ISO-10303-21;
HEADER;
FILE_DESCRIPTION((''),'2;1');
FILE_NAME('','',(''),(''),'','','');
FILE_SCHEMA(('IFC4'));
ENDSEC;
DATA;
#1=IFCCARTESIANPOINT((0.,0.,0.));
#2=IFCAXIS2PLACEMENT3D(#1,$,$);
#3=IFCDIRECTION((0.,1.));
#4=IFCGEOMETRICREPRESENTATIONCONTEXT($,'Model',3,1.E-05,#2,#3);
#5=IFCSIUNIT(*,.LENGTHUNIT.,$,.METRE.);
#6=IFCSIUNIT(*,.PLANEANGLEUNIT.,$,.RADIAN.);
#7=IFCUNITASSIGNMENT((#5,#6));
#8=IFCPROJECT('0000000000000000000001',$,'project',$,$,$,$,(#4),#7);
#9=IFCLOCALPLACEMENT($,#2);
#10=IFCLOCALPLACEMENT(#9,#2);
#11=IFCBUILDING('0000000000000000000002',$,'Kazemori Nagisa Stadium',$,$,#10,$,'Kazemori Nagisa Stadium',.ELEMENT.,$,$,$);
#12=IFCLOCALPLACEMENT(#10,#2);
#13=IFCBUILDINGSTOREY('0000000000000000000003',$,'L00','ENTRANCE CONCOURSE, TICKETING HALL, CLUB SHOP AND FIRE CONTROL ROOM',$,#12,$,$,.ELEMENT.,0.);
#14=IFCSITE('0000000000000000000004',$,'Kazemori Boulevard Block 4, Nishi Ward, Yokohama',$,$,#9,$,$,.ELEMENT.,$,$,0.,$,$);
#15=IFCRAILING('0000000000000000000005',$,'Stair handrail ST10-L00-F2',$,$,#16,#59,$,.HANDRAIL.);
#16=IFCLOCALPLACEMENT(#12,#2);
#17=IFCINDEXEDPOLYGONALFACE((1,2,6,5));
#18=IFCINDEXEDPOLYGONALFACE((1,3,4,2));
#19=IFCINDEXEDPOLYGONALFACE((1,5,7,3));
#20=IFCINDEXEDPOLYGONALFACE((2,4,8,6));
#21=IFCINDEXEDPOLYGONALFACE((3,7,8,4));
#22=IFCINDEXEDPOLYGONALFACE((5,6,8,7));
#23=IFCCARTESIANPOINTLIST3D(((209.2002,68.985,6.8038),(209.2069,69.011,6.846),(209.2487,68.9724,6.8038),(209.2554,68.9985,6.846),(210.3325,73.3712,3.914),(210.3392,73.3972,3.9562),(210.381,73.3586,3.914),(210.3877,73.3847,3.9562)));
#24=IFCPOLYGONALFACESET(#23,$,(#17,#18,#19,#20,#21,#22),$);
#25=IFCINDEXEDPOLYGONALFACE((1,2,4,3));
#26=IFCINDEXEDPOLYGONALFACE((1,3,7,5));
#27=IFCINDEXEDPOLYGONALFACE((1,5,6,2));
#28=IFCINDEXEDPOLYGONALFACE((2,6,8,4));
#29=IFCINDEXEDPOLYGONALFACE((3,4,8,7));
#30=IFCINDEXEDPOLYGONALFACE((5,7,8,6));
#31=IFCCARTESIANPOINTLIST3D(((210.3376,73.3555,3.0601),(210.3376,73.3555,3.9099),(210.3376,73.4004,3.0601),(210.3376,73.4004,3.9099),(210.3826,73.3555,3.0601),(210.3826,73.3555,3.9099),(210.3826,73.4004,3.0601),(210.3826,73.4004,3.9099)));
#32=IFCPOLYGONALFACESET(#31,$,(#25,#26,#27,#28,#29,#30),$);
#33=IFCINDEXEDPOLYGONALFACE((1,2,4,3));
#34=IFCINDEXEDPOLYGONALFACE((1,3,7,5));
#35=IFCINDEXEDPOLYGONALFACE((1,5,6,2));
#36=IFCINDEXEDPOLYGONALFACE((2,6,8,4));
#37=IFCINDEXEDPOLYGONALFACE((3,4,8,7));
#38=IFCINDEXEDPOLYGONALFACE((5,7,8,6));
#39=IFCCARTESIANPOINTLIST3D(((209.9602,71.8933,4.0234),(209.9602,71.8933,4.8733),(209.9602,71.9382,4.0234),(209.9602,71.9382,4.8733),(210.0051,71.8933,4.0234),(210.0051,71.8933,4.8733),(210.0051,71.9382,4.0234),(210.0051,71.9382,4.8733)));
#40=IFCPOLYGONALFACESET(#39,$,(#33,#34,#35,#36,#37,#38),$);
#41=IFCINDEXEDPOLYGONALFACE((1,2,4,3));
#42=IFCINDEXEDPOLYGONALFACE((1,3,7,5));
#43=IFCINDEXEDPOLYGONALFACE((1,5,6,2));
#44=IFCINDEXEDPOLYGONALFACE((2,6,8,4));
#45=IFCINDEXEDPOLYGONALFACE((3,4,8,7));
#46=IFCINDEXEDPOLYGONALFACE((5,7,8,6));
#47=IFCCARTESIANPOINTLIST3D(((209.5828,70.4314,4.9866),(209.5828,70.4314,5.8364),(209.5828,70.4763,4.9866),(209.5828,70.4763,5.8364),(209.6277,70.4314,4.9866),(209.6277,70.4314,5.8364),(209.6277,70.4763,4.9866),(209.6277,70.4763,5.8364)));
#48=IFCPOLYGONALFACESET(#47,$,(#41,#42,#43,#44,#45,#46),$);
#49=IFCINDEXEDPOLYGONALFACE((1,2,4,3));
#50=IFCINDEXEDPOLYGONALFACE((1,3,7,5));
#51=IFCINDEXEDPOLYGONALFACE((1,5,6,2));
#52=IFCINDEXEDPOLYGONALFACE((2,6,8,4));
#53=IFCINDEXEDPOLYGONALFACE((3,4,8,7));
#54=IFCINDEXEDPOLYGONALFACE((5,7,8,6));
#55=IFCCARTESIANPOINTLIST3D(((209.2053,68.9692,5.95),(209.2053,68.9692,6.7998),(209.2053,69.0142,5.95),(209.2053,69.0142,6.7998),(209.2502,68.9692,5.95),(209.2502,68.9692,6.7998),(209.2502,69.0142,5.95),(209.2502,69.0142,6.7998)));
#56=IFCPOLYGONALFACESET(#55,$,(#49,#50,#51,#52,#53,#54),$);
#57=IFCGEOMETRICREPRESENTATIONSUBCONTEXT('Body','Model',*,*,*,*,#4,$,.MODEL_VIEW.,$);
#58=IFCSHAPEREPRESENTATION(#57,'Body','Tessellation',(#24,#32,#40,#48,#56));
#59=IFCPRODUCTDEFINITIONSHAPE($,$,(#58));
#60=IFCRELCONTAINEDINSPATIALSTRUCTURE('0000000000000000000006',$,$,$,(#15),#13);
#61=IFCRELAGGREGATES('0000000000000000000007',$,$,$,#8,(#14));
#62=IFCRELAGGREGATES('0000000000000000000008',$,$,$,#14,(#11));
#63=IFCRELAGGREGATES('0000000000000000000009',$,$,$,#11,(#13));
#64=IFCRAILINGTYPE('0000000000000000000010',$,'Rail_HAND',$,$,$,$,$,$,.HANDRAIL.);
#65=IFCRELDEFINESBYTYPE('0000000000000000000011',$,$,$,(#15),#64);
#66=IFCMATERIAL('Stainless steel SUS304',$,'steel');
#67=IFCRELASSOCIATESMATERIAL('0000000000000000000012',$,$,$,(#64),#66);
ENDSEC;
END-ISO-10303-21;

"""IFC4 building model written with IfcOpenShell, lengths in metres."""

from ifc_helpers import new_model, si_unit, direction, frame, origin, origin_2d, place, context, subcontext, project, spatial, rectangle, extrude, material, type_object, element, save


model = new_model("IFC4")

# Units and contexts
model_context = context("Model", 3, precision=1e-05, world=origin(), true_north=direction((0.0, 1.0)))
body_context = subcontext(model_context, "Body", "Model", "MODEL_VIEW")
ifc_project = project(units=[si_unit("LENGTHUNIT", "METRE"), si_unit("PLANEANGLEUNIT", "RADIAN")], contexts=[model_context])

# Site, building, storey
site_placement = place(None, origin())
site = spatial("IfcSite", under=ifc_project, at=site_placement, Name="Kazemori Boulevard Block 4, Nishi Ward, Yokohama", CompositionType="ELEMENT", RefElevation=0.0)
building_placement = place(site_placement, origin())
building = spatial("IfcBuilding", under=site, at=building_placement, Name="Kazemori Nagisa Stadium", LongName="Kazemori Nagisa Stadium", CompositionType="ELEMENT")
storey_placement = place(building_placement, origin())
storey = spatial("IfcBuildingStorey", under=building, at=storey_placement, Name="L00", Description="ENTRANCE CONCOURSE, TICKETING HALL, CLUB SHOP AND FIRE CONTROL ROOM", CompositionType="ELEMENT", Elevation=0.0)

# Shared definitions
ifc_material_1 = material(Name="Stainless steel SUS304", Category="steel")

# Railing
railing_type_1 = type_object("IfcRailingType", Name="Rail_HAND", PredefinedType="HANDRAIL", material=ifc_material_1)
railing_1_placement = place(storey_placement, frame((210.3601, 73.3779, 3.0601)))
element("IfcRailing", 1, at=railing_1_placement, inside=storey, type_object=railing_type_1, Name="Stair handrail ST10-L00-F2", PredefinedType="HANDRAIL", context=body_context, shape_type="SweptSolid", body=[
    extrude(rectangle(XDim=0.05, YDim=0.05, at=origin_2d()), frame((0.0, 0.0, 0.875), z_axis=(-0.210731, -0.816297, 0.537822), x_axis=(0.968256, -0.24996, 0.0)), (0.0, 0.0, 1.0), 5.3733),
    extrude(rectangle(XDim=0.0449, YDim=0.0449, at=origin_2d()), origin(), (0.0, 0.0, 1.0), 0.8499),
    extrude(rectangle(XDim=0.0449, YDim=0.0449, at=origin_2d()), frame((-0.3774, -1.4622, 0.9634)), (0.0, 0.0, 1.0), 0.8499),
    extrude(rectangle(XDim=0.0449, YDim=0.0449, at=origin_2d()), frame((-0.7549, -2.9241, 1.9265)), (0.0, 0.0, 1.0), 0.8499),
    extrude(rectangle(XDim=0.0449, YDim=0.0449, at=origin_2d()), frame((-1.1323, -4.3862, 2.8899)), (0.0, 0.0, 1.0), 0.8499),
])

save(model, "model.ifc")
